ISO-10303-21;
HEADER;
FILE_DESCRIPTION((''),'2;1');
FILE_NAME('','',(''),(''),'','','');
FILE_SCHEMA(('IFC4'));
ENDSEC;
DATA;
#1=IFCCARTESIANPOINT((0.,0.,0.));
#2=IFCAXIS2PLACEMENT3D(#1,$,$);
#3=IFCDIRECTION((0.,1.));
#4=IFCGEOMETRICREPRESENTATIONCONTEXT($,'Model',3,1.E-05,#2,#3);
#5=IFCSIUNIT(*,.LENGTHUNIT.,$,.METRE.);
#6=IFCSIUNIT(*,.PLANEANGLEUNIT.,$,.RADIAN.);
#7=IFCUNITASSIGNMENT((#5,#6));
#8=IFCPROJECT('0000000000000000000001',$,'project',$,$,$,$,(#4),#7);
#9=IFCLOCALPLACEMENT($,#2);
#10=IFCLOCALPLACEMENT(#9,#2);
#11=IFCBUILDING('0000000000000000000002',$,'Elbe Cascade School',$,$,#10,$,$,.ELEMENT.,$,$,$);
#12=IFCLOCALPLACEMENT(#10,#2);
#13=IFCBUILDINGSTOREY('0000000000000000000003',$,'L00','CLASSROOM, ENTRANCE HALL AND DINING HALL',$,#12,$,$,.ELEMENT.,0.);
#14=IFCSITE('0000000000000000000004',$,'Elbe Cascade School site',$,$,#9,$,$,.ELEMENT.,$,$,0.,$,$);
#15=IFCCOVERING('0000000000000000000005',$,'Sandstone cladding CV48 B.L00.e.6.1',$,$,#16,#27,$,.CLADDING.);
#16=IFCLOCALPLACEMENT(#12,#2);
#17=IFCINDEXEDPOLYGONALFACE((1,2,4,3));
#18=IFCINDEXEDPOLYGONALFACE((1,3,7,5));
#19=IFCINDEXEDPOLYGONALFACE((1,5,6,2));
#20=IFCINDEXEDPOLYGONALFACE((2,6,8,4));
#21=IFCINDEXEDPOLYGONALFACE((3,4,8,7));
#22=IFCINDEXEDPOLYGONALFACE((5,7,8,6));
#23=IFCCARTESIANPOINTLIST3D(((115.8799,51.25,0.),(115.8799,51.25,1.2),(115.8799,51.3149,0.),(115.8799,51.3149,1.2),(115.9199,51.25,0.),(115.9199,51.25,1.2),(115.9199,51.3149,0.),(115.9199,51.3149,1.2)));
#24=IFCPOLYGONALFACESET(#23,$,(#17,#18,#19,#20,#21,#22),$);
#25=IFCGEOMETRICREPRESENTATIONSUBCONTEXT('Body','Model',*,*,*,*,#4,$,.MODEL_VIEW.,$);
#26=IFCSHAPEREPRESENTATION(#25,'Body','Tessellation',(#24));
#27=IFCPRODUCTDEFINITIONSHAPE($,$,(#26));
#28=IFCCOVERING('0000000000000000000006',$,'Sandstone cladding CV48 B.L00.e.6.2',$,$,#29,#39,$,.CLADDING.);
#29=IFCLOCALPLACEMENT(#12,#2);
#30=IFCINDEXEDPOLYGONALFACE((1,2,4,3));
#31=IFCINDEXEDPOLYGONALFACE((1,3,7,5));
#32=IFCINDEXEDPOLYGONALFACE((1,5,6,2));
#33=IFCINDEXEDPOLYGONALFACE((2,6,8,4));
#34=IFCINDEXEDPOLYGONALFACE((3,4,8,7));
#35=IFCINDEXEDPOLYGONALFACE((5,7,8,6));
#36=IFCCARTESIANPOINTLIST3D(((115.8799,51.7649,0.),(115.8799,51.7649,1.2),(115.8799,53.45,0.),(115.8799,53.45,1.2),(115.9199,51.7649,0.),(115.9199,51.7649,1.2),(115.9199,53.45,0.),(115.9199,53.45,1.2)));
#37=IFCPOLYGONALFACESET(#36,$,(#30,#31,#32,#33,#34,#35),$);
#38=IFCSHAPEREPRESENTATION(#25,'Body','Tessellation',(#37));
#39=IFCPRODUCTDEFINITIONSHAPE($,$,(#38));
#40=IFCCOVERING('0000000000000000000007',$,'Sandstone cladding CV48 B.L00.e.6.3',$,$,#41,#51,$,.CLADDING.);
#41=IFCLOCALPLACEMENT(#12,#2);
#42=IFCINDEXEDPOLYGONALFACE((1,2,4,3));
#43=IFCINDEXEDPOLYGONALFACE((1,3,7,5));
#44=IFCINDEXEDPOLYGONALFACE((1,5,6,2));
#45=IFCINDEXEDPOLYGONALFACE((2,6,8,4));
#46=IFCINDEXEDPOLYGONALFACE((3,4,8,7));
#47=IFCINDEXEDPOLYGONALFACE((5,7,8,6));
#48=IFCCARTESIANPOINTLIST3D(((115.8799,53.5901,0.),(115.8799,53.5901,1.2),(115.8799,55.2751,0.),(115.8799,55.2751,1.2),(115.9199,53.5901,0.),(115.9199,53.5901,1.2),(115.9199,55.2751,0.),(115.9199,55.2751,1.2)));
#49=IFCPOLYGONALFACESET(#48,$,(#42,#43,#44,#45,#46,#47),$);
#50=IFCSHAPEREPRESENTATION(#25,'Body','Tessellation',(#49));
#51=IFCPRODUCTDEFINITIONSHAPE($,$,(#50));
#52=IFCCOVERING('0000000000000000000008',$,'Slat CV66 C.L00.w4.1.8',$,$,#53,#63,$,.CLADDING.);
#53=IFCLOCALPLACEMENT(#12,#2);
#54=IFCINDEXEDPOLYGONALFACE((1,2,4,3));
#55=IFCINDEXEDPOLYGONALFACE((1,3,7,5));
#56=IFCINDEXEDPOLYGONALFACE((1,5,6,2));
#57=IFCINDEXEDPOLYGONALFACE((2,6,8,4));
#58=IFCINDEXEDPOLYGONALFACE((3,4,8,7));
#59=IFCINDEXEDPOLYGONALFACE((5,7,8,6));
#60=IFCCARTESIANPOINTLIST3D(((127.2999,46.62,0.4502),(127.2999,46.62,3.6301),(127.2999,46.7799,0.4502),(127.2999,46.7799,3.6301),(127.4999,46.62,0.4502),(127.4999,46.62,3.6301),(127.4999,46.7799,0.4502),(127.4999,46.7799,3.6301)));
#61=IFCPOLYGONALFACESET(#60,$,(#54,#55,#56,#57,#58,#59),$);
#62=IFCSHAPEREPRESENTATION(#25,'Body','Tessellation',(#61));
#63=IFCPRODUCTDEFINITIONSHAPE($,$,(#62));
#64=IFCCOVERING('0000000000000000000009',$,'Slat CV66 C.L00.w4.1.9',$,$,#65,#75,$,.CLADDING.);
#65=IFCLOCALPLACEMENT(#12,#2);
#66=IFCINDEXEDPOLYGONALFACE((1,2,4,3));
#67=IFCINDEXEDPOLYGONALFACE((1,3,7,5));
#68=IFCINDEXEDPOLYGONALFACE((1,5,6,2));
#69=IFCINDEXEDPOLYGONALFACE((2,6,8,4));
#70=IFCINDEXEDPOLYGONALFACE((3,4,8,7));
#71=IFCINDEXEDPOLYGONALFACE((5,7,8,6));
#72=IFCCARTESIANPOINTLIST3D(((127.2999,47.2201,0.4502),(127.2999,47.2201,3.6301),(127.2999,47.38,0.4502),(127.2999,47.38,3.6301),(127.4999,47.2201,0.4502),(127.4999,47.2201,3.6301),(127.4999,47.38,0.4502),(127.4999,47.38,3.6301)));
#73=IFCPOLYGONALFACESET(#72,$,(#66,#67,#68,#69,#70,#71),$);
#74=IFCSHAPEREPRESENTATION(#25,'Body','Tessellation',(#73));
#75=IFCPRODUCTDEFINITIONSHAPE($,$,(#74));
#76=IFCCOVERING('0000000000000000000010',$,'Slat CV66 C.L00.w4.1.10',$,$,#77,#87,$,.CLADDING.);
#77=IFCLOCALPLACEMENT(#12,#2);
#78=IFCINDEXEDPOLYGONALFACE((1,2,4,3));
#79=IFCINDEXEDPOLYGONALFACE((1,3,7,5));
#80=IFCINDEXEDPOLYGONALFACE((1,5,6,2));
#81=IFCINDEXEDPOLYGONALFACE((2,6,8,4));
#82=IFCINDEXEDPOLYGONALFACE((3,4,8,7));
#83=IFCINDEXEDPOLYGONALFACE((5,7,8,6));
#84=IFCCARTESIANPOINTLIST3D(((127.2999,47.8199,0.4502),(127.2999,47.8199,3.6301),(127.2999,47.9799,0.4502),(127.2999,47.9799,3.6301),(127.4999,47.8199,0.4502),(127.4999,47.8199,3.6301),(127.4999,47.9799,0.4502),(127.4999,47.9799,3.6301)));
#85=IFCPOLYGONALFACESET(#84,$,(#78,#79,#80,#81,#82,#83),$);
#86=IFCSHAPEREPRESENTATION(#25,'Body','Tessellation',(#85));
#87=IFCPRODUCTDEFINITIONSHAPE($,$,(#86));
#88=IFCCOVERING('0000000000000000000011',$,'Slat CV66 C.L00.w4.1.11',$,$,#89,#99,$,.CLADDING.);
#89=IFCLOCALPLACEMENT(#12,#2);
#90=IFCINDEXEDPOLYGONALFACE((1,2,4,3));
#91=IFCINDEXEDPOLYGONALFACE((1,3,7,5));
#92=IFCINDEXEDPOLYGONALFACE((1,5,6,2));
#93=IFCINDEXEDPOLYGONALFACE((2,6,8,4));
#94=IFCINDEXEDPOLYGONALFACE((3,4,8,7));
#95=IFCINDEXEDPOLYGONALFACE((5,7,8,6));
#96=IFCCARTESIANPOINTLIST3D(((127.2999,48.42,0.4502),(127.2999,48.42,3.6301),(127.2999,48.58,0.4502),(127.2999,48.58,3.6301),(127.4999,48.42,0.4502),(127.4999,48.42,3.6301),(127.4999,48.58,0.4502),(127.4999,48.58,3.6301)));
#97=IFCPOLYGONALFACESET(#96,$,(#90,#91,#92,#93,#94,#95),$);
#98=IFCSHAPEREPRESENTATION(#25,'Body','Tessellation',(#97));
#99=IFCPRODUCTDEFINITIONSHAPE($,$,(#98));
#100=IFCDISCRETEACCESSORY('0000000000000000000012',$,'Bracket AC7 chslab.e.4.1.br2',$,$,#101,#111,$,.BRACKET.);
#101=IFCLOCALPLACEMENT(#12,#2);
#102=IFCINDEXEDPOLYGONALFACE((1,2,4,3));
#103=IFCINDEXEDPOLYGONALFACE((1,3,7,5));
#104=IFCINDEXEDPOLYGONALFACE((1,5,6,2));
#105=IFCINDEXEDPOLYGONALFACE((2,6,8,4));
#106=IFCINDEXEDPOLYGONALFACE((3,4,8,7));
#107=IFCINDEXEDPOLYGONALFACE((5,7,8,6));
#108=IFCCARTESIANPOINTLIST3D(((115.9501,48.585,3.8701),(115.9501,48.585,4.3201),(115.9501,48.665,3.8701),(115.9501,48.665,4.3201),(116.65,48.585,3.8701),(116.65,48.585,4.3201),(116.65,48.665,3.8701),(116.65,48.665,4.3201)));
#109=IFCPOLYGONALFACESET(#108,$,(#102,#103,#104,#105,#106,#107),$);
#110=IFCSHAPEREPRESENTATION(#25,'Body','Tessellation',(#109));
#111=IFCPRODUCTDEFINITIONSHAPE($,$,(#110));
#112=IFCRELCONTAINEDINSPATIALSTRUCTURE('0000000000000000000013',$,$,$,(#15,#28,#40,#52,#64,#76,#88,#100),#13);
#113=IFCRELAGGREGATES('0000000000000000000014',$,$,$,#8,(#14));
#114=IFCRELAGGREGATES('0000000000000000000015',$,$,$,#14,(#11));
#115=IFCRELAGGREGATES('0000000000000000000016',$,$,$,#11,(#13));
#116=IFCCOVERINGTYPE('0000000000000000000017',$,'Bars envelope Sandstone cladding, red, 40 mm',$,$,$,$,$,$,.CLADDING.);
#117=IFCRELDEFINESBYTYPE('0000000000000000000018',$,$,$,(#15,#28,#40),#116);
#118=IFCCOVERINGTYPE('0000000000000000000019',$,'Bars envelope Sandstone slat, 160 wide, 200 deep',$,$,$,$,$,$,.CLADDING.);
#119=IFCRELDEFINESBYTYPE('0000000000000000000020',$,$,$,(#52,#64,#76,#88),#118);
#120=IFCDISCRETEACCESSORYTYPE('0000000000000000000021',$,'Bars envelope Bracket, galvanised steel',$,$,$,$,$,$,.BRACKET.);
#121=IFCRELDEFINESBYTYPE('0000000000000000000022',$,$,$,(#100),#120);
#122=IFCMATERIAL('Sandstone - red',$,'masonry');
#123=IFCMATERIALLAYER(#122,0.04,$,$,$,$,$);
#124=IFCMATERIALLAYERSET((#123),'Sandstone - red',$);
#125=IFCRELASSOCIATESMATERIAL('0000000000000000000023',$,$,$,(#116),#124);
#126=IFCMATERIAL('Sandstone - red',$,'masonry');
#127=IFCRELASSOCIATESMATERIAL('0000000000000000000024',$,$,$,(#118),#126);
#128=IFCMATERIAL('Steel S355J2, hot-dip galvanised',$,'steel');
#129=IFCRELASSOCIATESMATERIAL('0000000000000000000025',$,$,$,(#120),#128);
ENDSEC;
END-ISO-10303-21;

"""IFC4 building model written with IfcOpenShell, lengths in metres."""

from ifc_helpers import new_model, si_unit, direction, frame, origin, origin_2d, place, context, subcontext, project, spatial, rectangle, extrude, material, layer, layer_set, type_object, element, save


model = new_model("IFC4")

# Units and contexts
model_context = context("Model", 3, precision=1e-05, world=origin(), true_north=direction((0.0, 1.0)))
body_context = subcontext(model_context, "Body", "Model", "MODEL_VIEW")
ifc_project = project(units=[si_unit("LENGTHUNIT", "METRE"), si_unit("PLANEANGLEUNIT", "RADIAN")], contexts=[model_context])

# Site, building, storey
site_placement = place(None, origin())
site = spatial("IfcSite", under=ifc_project, at=site_placement, Name="Elbe Cascade School site", CompositionType="ELEMENT", RefElevation=0.0)
building_placement = place(site_placement, origin())
building = spatial("IfcBuilding", under=site, at=building_placement, Name="Elbe Cascade School", CompositionType="ELEMENT")
storey_placement = place(building_placement, origin())
storey = spatial("IfcBuildingStorey", under=building, at=storey_placement, Name="L00", Description="CLASSROOM, ENTRANCE HALL AND DINING HALL", CompositionType="ELEMENT", Elevation=0.0)

# Coverings
ifc_material_1 = material(Name="Sandstone - red", Category="masonry")
ifc_layer_1 = layer(ifc_material_1, 0.04)
ifc_layer_set_1 = layer_set([ifc_layer_1], Name="Sandstone - red")
covering_type_1 = type_object("IfcCoveringType", Name="Bars envelope Sandstone cladding, red, 40 mm", PredefinedType="CLADDING", material=ifc_layer_set_1)
covering_1_placement = place(storey_placement, frame((115.8999, 51.2825, 0.0), z_axis=(0.0, 0.0, 1.0), x_axis=(0.0, 1.0, 0.0)))
element("IfcCovering", 1, at=covering_1_placement, inside=storey, type_object=covering_type_1, Name="Sandstone cladding CV48 B.L00.e.6.1", PredefinedType="CLADDING", context=body_context, shape_type="SweptSolid", body=[
    extrude(rectangle(XDim=0.0649, YDim=0.04, at=origin_2d()), origin(), (0.0, 0.0, 1.0), 1.2),
])
for number, where, z_axis, x_axis, name in (
    (2, (115.8999, 52.6074, 0.0), (0.0, 0.0, 1.0), (0.0, 1.0, 0.0), "Sandstone cladding CV48 B.L00.e.6.2"),
    (3, (115.8999, 54.4326, 0.0), (0.0, 0.0, 1.0), (0.0, 1.0, 0.0), "Sandstone cladding CV48 B.L00.e.6.3"),
):
    element("IfcCovering", number, at=place(storey_placement, frame(where, z_axis=z_axis, x_axis=x_axis)), inside=storey, type_object=covering_type_1, Name=name, PredefinedType="CLADDING", context=body_context, shape_type="SweptSolid", body=[
        extrude(rectangle(XDim=1.6851, YDim=0.04, at=origin_2d()), origin(), (0.0, 0.0, 1.0), 1.2),
    ])
ifc_material_2 = material(Name="Sandstone - red", Category="masonry")
covering_type_2 = type_object("IfcCoveringType", Name="Bars envelope Sandstone slat, 160 wide, 200 deep", PredefinedType="CLADDING", material=ifc_material_2)
for number, where, z_axis, x_axis, name in (
    (4, (127.3999, 46.7, 0.4502), (0.0, 0.0, 1.0), (0.0, 1.0, 0.0), "Slat CV66 C.L00.w4.1.8"),
    (5, (127.3999, 47.3, 0.4502), (0.0, 0.0, 1.0), (0.0, 1.0, 0.0), "Slat CV66 C.L00.w4.1.9"),
    (6, (127.3999, 47.8999, 0.4502), (0.0, 0.0, 1.0), (0.0, 1.0, 0.0), "Slat CV66 C.L00.w4.1.10"),
    (7, (127.3999, 48.5, 0.4502), (0.0, 0.0, 1.0), (0.0, 1.0, 0.0), "Slat CV66 C.L00.w4.1.11"),
):
    element("IfcCovering", number, at=place(storey_placement, frame(where, z_axis=z_axis, x_axis=x_axis)), inside=storey, type_object=covering_type_2, Name=name, PredefinedType="CLADDING", context=body_context, shape_type="SweptSolid", body=[
        extrude(rectangle(XDim=0.1599, YDim=0.2, at=origin_2d()), origin(), (0.0, 0.0, 1.0), 3.1799),
    ])

# Discrete accessory
ifc_material_3 = material(Name="Steel S355J2, hot-dip galvanised", Category="steel")
discrete_accessory_type = type_object("IfcDiscreteAccessoryType", Name="Bars envelope Bracket, galvanised steel", PredefinedType="BRACKET", material=ifc_material_3)
discrete_accessory_placement = place(storey_placement, frame((116.3, 48.625, 3.8701), z_axis=(0.0, 0.0, 1.0), x_axis=(0.0, 1.0, 0.0)))
element("IfcDiscreteAccessory", 8, at=discrete_accessory_placement, inside=storey, type_object=discrete_accessory_type, Name="Bracket AC7 chslab.e.4.1.br2", PredefinedType="BRACKET", context=body_context, shape_type="SweptSolid", body=[
    extrude(rectangle(XDim=0.0801, YDim=0.7, at=origin_2d()), origin(), (0.0, 0.0, 1.0), 0.45),
])

save(model, "model.ifc")
